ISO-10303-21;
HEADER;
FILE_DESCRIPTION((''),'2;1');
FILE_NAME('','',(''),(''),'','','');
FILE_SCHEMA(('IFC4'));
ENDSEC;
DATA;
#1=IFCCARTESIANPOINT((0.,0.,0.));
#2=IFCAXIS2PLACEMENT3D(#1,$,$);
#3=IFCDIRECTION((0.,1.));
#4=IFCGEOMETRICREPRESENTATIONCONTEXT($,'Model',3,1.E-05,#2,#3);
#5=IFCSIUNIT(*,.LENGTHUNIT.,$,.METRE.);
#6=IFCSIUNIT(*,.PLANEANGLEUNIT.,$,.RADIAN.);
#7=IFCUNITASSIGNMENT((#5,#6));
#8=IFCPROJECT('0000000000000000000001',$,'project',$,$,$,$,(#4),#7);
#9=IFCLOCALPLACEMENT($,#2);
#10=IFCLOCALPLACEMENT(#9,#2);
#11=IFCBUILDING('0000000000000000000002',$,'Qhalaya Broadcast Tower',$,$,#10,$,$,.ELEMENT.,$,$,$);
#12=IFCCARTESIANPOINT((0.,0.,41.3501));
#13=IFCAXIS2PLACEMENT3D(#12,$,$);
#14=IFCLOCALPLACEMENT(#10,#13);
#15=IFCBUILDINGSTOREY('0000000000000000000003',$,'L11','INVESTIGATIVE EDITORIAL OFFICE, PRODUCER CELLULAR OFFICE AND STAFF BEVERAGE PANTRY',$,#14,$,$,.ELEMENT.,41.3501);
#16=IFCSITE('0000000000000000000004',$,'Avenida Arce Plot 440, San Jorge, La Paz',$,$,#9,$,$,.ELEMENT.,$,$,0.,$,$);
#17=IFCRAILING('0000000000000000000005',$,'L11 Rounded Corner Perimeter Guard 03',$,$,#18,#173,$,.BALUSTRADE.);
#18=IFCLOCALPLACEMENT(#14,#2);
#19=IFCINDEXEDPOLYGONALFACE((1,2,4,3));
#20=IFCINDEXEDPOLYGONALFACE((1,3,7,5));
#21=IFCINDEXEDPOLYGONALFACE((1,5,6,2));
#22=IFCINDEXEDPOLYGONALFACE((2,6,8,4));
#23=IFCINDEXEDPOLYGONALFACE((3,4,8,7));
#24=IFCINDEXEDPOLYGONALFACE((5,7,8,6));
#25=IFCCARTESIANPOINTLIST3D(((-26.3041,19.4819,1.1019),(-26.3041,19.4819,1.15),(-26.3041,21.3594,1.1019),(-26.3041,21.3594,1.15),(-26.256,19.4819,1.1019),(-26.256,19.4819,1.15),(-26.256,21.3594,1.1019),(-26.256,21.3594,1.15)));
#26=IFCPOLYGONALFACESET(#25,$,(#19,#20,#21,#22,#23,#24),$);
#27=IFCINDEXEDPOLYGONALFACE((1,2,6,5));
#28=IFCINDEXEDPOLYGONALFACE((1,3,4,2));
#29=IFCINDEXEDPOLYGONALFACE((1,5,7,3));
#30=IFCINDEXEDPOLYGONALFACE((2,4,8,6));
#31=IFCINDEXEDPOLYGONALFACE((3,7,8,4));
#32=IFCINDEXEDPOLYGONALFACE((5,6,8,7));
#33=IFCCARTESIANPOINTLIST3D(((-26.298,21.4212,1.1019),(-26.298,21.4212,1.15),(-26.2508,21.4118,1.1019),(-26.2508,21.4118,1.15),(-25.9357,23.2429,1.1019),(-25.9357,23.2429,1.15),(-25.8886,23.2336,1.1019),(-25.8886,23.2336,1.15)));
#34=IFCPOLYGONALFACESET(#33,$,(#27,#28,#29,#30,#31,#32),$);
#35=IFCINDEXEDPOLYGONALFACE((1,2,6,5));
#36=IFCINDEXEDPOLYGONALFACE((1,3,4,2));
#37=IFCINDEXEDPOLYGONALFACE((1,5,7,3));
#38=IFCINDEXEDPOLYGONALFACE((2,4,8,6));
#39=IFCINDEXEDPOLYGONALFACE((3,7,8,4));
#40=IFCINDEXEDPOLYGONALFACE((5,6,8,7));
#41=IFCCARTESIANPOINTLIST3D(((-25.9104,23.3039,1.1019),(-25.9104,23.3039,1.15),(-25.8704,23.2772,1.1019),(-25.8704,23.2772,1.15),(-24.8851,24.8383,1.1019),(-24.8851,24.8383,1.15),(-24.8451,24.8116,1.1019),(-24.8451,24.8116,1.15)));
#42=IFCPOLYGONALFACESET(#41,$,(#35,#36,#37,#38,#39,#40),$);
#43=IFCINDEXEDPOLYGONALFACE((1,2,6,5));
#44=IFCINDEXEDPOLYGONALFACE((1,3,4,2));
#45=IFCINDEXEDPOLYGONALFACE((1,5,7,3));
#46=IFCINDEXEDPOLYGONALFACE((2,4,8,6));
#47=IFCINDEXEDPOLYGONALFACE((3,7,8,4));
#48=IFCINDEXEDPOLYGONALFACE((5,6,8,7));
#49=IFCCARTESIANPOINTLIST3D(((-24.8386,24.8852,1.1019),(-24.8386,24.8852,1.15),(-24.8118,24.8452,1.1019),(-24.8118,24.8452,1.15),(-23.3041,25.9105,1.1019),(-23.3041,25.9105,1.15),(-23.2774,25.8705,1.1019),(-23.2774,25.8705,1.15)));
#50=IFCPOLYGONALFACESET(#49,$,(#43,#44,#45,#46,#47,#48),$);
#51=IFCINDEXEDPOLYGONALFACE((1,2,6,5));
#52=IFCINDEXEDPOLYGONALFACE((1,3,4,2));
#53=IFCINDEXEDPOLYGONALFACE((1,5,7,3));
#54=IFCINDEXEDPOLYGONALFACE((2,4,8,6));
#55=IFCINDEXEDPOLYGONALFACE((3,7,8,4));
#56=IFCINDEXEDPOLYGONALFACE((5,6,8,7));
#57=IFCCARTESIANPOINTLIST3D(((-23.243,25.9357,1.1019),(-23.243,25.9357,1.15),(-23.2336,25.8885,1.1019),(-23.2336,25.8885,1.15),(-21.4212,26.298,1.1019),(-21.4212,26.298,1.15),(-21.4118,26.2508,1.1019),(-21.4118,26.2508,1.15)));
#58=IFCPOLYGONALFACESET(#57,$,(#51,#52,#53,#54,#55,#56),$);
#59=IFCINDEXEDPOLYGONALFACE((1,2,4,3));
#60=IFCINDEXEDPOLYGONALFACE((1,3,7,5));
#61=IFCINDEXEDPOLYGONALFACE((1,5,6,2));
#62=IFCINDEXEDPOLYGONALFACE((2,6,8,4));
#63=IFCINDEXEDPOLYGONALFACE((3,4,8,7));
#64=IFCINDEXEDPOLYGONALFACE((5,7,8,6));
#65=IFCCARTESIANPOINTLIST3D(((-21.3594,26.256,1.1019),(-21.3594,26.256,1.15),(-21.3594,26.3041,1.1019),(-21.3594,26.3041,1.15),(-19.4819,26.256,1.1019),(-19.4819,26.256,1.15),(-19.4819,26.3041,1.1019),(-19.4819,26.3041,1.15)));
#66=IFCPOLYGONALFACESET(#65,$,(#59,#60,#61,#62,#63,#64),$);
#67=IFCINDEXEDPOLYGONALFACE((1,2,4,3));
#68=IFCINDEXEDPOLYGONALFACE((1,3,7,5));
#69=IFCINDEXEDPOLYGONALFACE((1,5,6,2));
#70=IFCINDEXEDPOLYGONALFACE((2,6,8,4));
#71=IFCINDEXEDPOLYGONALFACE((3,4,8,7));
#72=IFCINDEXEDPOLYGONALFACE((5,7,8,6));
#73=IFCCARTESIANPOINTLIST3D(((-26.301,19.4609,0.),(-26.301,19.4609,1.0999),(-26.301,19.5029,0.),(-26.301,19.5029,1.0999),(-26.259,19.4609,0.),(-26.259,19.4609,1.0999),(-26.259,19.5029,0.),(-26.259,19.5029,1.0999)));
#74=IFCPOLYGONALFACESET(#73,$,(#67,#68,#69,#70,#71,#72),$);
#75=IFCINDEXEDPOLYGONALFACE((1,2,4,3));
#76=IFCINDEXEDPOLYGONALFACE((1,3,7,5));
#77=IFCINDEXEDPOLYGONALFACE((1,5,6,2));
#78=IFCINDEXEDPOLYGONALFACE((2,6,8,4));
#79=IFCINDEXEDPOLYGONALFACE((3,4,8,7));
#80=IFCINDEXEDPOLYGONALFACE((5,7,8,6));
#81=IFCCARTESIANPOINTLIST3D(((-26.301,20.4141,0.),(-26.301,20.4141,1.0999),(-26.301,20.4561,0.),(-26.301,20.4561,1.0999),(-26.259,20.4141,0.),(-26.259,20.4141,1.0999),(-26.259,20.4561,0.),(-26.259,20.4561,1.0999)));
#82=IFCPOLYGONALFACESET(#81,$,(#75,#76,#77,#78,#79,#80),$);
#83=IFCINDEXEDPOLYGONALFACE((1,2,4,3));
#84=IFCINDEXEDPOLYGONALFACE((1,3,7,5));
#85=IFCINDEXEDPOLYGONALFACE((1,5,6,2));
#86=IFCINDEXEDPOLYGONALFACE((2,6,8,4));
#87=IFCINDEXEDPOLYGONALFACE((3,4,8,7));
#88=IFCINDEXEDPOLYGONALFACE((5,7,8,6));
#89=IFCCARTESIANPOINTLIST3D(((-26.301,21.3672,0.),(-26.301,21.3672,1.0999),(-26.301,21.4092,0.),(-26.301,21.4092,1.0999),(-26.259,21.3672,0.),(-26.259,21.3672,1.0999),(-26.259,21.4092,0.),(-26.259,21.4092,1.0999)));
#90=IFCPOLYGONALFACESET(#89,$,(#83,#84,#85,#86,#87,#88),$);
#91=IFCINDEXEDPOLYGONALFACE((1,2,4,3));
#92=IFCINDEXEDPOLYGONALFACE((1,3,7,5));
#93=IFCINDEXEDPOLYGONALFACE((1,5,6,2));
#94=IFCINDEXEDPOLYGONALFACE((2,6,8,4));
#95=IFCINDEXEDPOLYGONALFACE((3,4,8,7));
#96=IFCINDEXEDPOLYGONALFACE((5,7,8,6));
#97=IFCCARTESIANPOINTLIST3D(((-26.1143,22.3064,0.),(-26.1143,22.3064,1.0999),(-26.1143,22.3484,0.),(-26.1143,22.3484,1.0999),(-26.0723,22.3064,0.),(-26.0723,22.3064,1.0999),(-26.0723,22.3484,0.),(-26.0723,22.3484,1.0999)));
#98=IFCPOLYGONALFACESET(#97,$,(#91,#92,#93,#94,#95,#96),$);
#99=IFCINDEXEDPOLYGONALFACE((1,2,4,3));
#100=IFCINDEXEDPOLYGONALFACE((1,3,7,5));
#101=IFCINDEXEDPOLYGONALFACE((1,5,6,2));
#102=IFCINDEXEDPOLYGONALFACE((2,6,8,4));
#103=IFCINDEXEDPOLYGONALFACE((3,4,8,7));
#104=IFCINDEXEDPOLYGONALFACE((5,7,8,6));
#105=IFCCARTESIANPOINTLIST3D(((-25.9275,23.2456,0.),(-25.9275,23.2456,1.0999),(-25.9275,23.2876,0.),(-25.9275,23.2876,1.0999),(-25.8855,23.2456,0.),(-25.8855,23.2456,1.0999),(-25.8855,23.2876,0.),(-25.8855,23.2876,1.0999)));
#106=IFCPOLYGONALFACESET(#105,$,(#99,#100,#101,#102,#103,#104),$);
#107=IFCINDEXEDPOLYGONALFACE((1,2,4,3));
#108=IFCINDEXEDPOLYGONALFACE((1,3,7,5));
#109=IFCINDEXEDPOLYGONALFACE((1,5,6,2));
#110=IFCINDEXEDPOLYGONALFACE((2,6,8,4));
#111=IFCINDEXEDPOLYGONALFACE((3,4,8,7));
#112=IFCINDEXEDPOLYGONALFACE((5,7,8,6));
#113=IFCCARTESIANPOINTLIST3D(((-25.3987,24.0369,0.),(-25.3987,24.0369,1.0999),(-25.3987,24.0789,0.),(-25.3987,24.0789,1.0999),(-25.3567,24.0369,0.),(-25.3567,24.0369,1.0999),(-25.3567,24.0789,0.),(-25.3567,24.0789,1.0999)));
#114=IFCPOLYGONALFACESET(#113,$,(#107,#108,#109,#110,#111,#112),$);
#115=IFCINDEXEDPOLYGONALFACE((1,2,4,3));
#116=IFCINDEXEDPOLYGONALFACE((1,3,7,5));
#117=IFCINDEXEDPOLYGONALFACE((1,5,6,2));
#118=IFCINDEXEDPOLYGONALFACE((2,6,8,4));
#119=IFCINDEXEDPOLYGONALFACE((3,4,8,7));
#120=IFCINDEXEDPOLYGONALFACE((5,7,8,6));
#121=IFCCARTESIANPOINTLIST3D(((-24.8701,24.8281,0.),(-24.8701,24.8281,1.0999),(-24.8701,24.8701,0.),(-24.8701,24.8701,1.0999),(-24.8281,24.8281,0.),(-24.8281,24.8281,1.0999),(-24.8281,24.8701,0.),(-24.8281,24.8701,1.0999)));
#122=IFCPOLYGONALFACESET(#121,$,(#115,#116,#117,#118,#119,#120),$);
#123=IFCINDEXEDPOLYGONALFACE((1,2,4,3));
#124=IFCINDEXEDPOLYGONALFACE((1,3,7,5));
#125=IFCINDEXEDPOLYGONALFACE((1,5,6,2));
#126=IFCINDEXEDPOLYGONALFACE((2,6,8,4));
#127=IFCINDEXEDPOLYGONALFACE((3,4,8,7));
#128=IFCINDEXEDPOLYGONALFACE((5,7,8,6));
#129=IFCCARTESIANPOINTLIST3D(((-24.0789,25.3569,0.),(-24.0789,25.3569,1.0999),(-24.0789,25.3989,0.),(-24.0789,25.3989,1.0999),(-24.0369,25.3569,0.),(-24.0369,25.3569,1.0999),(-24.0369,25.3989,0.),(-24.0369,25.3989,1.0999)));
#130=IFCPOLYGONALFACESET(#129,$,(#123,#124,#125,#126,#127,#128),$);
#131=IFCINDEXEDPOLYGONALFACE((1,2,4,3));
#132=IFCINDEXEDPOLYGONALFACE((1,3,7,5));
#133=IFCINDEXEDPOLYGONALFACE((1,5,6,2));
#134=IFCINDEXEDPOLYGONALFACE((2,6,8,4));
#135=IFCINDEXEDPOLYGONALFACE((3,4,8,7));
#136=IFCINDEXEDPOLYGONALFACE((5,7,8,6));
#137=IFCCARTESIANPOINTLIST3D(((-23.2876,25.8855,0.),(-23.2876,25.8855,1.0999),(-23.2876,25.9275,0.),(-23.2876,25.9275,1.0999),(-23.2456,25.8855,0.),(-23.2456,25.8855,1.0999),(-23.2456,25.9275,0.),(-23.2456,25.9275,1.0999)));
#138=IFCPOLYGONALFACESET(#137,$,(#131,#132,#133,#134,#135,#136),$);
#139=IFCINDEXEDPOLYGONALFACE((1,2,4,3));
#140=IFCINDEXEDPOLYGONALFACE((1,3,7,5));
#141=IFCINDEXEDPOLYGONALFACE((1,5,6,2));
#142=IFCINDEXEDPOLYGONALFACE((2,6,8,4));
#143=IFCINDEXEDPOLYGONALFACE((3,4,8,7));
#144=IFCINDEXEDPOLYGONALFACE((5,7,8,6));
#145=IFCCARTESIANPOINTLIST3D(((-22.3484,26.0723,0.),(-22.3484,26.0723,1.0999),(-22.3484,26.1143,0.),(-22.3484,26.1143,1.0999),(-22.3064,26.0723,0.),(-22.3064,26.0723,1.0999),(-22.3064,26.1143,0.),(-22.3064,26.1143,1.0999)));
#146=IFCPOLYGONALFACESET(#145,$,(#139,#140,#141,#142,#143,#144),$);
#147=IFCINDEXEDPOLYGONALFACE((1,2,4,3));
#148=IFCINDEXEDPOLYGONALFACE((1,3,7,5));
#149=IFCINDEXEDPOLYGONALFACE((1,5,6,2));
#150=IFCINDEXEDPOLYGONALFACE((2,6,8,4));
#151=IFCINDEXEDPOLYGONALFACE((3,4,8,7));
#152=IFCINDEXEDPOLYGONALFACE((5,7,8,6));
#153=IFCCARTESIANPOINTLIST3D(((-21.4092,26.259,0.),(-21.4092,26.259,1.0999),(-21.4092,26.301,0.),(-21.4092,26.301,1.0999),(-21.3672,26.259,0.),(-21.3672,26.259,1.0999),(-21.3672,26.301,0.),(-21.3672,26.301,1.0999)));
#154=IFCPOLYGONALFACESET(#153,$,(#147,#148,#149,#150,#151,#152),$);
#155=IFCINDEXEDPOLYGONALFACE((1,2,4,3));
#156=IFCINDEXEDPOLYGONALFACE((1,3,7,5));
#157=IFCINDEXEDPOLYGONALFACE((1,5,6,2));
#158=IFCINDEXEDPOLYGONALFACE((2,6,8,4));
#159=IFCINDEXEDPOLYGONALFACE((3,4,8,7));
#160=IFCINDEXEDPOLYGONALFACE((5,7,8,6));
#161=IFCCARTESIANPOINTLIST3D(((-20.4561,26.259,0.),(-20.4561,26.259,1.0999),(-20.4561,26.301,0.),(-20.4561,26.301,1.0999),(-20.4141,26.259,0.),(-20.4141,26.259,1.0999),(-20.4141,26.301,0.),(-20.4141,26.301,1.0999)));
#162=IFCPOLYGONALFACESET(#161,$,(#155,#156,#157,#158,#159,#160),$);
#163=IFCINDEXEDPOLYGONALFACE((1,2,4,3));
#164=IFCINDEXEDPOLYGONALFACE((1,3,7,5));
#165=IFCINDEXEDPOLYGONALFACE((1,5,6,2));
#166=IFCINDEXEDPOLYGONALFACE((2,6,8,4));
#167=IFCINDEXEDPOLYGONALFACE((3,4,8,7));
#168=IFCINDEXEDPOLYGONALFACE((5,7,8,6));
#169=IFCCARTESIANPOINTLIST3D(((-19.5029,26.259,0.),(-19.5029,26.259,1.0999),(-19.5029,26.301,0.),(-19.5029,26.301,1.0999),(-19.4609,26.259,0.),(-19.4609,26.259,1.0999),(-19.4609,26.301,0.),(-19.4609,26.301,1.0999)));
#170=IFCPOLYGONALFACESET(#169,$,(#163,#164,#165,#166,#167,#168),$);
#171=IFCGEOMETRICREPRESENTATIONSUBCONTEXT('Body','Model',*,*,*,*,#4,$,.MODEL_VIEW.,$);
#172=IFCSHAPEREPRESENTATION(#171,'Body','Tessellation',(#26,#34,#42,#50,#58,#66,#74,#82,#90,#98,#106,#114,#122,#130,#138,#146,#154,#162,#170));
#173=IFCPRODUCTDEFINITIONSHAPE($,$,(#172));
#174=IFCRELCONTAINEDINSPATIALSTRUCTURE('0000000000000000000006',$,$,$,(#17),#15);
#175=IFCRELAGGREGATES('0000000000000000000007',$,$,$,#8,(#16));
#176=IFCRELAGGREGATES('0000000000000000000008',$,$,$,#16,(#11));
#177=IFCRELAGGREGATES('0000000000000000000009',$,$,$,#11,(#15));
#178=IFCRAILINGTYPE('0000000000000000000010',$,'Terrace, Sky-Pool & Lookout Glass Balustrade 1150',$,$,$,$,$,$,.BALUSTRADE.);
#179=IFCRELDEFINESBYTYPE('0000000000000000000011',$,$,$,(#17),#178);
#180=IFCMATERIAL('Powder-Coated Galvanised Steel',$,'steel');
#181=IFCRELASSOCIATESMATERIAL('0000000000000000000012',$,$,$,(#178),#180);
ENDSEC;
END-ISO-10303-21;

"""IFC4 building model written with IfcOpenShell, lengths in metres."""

from ifc_helpers import new_model, si_unit, direction, frame, origin, origin_2d, place, context, subcontext, project, spatial, rectangle, extrude, material, type_object, element, save


model = new_model("IFC4")

# Units and contexts
model_context = context("Model", 3, precision=1e-05, world=origin(), true_north=direction((0.0, 1.0)))
body_context = subcontext(model_context, "Body", "Model", "MODEL_VIEW")
ifc_project = project(units=[si_unit("LENGTHUNIT", "METRE"), si_unit("PLANEANGLEUNIT", "RADIAN")], contexts=[model_context])

# Site, building, storey
site_placement = place(None, origin())
site = spatial("IfcSite", under=ifc_project, at=site_placement, Name="Avenida Arce Plot 440, San Jorge, La Paz", CompositionType="ELEMENT", RefElevation=0.0)
building_placement = place(site_placement, origin())
building = spatial("IfcBuilding", under=site, at=building_placement, Name="Qhalaya Broadcast Tower", CompositionType="ELEMENT")
storey_placement = place(building_placement, frame((0.0, 0.0, 41.3501)))
storey = spatial("IfcBuildingStorey", under=building, at=storey_placement, Name="L11", Description="INVESTIGATIVE EDITORIAL OFFICE, PRODUCER CELLULAR OFFICE AND STAFF BEVERAGE PANTRY", CompositionType="ELEMENT", Elevation=41.3501)

# Railing
ifc_material_1 = material(Name="Powder-Coated Galvanised Steel", Category="steel")
railing_type = type_object("IfcRailingType", Name="Terrace, Sky-Pool & Lookout Glass Balustrade 1150", PredefinedType="BALUSTRADE", material=ifc_material_1)
railing_placement = place(storey_placement, frame((-26.28, 19.4819, 0.0)))
element("IfcRailing", 1, at=railing_placement, inside=storey, type_object=railing_type, Name="L11 Rounded Corner Perimeter Guard 03", PredefinedType="BALUSTRADE", context=body_context, shape_type="SweptSolid", body=[
    extrude(rectangle(XDim=0.0481, YDim=0.0481, at=origin_2d()), frame((0.0, 0.0, 1.126), z_axis=(0.0, 1.0, 0.0), x_axis=(-1.0, 0.0, 0.0)), (0.0, 0.0, 1.0), 1.8774),
    extrude(rectangle(XDim=0.0481, YDim=0.0481, at=origin_2d()), frame((0.0056, 1.9346, 1.126), z_axis=(0.195037, 0.980796, 0.0), x_axis=(-0.980796, 0.195037, 0.0)), (0.0, 0.0, 1.0), 1.8574),
    extrude(rectangle(XDim=0.0481, YDim=0.0481, at=origin_2d()), frame((0.3896, 3.8086, 1.126), z_axis=(0.555558, 0.831478, 0.0), x_axis=(-0.831478, 0.555558, 0.0)), (0.0, 0.0, 1.0), 1.8455),
    extrude(rectangle(XDim=0.0481, YDim=0.0481, at=origin_2d()), frame((1.4548, 5.3833, 1.126), z_axis=(0.831478, 0.555558, 0.0), x_axis=(-0.555558, 0.831478, 0.0)), (0.0, 0.0, 1.0), 1.8455),
    extrude(rectangle(XDim=0.0481, YDim=0.0481, at=origin_2d()), frame((3.0417, 6.4302, 1.126), z_axis=(0.980796, 0.195037, 0.0), x_axis=(-0.195037, 0.980796, 0.0)), (0.0, 0.0, 1.0), 1.8574),
    extrude(rectangle(XDim=0.0481, YDim=0.0481, at=origin_2d()), frame((4.9207, 6.7981, 1.126), z_axis=(1.0, 0.0, 0.0), x_axis=(0.0, 1.0, 0.0)), (0.0, 0.0, 1.0), 1.8774),
    extrude(rectangle(XDim=0.042, YDim=0.042, at=origin_2d()), origin(), (0.0, 0.0, 1.0), 1.0999),
    extrude(rectangle(XDim=0.042, YDim=0.042, at=origin_2d()), frame((0.0, 0.9531, 0.0)), (0.0, 0.0, 1.0), 1.0999),
    extrude(rectangle(XDim=0.042, YDim=0.042, at=origin_2d()), frame((0.0, 1.9062, 0.0)), (0.0, 0.0, 1.0), 1.0999),
    extrude(rectangle(XDim=0.042, YDim=0.042, at=origin_2d()), frame((0.1868, 2.8455, 0.0)), (0.0, 0.0, 1.0), 1.0999),
    extrude(rectangle(XDim=0.042, YDim=0.042, at=origin_2d()), frame((0.3735, 3.7847, 0.0)), (0.0, 0.0, 1.0), 1.0999),
    extrude(rectangle(XDim=0.042, YDim=0.042, at=origin_2d()), frame((0.9023, 4.5759, 0.0)), (0.0, 0.0, 1.0), 1.0999),
    extrude(rectangle(XDim=0.042, YDim=0.042, at=origin_2d()), frame((1.4309, 5.3672, 0.0)), (0.0, 0.0, 1.0), 1.0999),
    extrude(rectangle(XDim=0.042, YDim=0.042, at=origin_2d()), frame((2.2222, 5.896, 0.0)), (0.0, 0.0, 1.0), 1.0999),
    extrude(rectangle(XDim=0.042, YDim=0.042, at=origin_2d()), frame((3.0134, 6.4246, 0.0)), (0.0, 0.0, 1.0), 1.0999),
    extrude(rectangle(XDim=0.042, YDim=0.042, at=origin_2d()), frame((3.9526, 6.6113, 0.0)), (0.0, 0.0, 1.0), 1.0999),
    extrude(rectangle(XDim=0.042, YDim=0.042, at=origin_2d()), frame((4.8918, 6.7981, 0.0)), (0.0, 0.0, 1.0), 1.0999),
    extrude(rectangle(XDim=0.042, YDim=0.042, at=origin_2d()), frame((5.845, 6.7981, 0.0)), (0.0, 0.0, 1.0), 1.0999),
    extrude(rectangle(XDim=0.042, YDim=0.042, at=origin_2d()), frame((6.7981, 6.7981, 0.0)), (0.0, 0.0, 1.0), 1.0999),
])

save(model, "model.ifc")
